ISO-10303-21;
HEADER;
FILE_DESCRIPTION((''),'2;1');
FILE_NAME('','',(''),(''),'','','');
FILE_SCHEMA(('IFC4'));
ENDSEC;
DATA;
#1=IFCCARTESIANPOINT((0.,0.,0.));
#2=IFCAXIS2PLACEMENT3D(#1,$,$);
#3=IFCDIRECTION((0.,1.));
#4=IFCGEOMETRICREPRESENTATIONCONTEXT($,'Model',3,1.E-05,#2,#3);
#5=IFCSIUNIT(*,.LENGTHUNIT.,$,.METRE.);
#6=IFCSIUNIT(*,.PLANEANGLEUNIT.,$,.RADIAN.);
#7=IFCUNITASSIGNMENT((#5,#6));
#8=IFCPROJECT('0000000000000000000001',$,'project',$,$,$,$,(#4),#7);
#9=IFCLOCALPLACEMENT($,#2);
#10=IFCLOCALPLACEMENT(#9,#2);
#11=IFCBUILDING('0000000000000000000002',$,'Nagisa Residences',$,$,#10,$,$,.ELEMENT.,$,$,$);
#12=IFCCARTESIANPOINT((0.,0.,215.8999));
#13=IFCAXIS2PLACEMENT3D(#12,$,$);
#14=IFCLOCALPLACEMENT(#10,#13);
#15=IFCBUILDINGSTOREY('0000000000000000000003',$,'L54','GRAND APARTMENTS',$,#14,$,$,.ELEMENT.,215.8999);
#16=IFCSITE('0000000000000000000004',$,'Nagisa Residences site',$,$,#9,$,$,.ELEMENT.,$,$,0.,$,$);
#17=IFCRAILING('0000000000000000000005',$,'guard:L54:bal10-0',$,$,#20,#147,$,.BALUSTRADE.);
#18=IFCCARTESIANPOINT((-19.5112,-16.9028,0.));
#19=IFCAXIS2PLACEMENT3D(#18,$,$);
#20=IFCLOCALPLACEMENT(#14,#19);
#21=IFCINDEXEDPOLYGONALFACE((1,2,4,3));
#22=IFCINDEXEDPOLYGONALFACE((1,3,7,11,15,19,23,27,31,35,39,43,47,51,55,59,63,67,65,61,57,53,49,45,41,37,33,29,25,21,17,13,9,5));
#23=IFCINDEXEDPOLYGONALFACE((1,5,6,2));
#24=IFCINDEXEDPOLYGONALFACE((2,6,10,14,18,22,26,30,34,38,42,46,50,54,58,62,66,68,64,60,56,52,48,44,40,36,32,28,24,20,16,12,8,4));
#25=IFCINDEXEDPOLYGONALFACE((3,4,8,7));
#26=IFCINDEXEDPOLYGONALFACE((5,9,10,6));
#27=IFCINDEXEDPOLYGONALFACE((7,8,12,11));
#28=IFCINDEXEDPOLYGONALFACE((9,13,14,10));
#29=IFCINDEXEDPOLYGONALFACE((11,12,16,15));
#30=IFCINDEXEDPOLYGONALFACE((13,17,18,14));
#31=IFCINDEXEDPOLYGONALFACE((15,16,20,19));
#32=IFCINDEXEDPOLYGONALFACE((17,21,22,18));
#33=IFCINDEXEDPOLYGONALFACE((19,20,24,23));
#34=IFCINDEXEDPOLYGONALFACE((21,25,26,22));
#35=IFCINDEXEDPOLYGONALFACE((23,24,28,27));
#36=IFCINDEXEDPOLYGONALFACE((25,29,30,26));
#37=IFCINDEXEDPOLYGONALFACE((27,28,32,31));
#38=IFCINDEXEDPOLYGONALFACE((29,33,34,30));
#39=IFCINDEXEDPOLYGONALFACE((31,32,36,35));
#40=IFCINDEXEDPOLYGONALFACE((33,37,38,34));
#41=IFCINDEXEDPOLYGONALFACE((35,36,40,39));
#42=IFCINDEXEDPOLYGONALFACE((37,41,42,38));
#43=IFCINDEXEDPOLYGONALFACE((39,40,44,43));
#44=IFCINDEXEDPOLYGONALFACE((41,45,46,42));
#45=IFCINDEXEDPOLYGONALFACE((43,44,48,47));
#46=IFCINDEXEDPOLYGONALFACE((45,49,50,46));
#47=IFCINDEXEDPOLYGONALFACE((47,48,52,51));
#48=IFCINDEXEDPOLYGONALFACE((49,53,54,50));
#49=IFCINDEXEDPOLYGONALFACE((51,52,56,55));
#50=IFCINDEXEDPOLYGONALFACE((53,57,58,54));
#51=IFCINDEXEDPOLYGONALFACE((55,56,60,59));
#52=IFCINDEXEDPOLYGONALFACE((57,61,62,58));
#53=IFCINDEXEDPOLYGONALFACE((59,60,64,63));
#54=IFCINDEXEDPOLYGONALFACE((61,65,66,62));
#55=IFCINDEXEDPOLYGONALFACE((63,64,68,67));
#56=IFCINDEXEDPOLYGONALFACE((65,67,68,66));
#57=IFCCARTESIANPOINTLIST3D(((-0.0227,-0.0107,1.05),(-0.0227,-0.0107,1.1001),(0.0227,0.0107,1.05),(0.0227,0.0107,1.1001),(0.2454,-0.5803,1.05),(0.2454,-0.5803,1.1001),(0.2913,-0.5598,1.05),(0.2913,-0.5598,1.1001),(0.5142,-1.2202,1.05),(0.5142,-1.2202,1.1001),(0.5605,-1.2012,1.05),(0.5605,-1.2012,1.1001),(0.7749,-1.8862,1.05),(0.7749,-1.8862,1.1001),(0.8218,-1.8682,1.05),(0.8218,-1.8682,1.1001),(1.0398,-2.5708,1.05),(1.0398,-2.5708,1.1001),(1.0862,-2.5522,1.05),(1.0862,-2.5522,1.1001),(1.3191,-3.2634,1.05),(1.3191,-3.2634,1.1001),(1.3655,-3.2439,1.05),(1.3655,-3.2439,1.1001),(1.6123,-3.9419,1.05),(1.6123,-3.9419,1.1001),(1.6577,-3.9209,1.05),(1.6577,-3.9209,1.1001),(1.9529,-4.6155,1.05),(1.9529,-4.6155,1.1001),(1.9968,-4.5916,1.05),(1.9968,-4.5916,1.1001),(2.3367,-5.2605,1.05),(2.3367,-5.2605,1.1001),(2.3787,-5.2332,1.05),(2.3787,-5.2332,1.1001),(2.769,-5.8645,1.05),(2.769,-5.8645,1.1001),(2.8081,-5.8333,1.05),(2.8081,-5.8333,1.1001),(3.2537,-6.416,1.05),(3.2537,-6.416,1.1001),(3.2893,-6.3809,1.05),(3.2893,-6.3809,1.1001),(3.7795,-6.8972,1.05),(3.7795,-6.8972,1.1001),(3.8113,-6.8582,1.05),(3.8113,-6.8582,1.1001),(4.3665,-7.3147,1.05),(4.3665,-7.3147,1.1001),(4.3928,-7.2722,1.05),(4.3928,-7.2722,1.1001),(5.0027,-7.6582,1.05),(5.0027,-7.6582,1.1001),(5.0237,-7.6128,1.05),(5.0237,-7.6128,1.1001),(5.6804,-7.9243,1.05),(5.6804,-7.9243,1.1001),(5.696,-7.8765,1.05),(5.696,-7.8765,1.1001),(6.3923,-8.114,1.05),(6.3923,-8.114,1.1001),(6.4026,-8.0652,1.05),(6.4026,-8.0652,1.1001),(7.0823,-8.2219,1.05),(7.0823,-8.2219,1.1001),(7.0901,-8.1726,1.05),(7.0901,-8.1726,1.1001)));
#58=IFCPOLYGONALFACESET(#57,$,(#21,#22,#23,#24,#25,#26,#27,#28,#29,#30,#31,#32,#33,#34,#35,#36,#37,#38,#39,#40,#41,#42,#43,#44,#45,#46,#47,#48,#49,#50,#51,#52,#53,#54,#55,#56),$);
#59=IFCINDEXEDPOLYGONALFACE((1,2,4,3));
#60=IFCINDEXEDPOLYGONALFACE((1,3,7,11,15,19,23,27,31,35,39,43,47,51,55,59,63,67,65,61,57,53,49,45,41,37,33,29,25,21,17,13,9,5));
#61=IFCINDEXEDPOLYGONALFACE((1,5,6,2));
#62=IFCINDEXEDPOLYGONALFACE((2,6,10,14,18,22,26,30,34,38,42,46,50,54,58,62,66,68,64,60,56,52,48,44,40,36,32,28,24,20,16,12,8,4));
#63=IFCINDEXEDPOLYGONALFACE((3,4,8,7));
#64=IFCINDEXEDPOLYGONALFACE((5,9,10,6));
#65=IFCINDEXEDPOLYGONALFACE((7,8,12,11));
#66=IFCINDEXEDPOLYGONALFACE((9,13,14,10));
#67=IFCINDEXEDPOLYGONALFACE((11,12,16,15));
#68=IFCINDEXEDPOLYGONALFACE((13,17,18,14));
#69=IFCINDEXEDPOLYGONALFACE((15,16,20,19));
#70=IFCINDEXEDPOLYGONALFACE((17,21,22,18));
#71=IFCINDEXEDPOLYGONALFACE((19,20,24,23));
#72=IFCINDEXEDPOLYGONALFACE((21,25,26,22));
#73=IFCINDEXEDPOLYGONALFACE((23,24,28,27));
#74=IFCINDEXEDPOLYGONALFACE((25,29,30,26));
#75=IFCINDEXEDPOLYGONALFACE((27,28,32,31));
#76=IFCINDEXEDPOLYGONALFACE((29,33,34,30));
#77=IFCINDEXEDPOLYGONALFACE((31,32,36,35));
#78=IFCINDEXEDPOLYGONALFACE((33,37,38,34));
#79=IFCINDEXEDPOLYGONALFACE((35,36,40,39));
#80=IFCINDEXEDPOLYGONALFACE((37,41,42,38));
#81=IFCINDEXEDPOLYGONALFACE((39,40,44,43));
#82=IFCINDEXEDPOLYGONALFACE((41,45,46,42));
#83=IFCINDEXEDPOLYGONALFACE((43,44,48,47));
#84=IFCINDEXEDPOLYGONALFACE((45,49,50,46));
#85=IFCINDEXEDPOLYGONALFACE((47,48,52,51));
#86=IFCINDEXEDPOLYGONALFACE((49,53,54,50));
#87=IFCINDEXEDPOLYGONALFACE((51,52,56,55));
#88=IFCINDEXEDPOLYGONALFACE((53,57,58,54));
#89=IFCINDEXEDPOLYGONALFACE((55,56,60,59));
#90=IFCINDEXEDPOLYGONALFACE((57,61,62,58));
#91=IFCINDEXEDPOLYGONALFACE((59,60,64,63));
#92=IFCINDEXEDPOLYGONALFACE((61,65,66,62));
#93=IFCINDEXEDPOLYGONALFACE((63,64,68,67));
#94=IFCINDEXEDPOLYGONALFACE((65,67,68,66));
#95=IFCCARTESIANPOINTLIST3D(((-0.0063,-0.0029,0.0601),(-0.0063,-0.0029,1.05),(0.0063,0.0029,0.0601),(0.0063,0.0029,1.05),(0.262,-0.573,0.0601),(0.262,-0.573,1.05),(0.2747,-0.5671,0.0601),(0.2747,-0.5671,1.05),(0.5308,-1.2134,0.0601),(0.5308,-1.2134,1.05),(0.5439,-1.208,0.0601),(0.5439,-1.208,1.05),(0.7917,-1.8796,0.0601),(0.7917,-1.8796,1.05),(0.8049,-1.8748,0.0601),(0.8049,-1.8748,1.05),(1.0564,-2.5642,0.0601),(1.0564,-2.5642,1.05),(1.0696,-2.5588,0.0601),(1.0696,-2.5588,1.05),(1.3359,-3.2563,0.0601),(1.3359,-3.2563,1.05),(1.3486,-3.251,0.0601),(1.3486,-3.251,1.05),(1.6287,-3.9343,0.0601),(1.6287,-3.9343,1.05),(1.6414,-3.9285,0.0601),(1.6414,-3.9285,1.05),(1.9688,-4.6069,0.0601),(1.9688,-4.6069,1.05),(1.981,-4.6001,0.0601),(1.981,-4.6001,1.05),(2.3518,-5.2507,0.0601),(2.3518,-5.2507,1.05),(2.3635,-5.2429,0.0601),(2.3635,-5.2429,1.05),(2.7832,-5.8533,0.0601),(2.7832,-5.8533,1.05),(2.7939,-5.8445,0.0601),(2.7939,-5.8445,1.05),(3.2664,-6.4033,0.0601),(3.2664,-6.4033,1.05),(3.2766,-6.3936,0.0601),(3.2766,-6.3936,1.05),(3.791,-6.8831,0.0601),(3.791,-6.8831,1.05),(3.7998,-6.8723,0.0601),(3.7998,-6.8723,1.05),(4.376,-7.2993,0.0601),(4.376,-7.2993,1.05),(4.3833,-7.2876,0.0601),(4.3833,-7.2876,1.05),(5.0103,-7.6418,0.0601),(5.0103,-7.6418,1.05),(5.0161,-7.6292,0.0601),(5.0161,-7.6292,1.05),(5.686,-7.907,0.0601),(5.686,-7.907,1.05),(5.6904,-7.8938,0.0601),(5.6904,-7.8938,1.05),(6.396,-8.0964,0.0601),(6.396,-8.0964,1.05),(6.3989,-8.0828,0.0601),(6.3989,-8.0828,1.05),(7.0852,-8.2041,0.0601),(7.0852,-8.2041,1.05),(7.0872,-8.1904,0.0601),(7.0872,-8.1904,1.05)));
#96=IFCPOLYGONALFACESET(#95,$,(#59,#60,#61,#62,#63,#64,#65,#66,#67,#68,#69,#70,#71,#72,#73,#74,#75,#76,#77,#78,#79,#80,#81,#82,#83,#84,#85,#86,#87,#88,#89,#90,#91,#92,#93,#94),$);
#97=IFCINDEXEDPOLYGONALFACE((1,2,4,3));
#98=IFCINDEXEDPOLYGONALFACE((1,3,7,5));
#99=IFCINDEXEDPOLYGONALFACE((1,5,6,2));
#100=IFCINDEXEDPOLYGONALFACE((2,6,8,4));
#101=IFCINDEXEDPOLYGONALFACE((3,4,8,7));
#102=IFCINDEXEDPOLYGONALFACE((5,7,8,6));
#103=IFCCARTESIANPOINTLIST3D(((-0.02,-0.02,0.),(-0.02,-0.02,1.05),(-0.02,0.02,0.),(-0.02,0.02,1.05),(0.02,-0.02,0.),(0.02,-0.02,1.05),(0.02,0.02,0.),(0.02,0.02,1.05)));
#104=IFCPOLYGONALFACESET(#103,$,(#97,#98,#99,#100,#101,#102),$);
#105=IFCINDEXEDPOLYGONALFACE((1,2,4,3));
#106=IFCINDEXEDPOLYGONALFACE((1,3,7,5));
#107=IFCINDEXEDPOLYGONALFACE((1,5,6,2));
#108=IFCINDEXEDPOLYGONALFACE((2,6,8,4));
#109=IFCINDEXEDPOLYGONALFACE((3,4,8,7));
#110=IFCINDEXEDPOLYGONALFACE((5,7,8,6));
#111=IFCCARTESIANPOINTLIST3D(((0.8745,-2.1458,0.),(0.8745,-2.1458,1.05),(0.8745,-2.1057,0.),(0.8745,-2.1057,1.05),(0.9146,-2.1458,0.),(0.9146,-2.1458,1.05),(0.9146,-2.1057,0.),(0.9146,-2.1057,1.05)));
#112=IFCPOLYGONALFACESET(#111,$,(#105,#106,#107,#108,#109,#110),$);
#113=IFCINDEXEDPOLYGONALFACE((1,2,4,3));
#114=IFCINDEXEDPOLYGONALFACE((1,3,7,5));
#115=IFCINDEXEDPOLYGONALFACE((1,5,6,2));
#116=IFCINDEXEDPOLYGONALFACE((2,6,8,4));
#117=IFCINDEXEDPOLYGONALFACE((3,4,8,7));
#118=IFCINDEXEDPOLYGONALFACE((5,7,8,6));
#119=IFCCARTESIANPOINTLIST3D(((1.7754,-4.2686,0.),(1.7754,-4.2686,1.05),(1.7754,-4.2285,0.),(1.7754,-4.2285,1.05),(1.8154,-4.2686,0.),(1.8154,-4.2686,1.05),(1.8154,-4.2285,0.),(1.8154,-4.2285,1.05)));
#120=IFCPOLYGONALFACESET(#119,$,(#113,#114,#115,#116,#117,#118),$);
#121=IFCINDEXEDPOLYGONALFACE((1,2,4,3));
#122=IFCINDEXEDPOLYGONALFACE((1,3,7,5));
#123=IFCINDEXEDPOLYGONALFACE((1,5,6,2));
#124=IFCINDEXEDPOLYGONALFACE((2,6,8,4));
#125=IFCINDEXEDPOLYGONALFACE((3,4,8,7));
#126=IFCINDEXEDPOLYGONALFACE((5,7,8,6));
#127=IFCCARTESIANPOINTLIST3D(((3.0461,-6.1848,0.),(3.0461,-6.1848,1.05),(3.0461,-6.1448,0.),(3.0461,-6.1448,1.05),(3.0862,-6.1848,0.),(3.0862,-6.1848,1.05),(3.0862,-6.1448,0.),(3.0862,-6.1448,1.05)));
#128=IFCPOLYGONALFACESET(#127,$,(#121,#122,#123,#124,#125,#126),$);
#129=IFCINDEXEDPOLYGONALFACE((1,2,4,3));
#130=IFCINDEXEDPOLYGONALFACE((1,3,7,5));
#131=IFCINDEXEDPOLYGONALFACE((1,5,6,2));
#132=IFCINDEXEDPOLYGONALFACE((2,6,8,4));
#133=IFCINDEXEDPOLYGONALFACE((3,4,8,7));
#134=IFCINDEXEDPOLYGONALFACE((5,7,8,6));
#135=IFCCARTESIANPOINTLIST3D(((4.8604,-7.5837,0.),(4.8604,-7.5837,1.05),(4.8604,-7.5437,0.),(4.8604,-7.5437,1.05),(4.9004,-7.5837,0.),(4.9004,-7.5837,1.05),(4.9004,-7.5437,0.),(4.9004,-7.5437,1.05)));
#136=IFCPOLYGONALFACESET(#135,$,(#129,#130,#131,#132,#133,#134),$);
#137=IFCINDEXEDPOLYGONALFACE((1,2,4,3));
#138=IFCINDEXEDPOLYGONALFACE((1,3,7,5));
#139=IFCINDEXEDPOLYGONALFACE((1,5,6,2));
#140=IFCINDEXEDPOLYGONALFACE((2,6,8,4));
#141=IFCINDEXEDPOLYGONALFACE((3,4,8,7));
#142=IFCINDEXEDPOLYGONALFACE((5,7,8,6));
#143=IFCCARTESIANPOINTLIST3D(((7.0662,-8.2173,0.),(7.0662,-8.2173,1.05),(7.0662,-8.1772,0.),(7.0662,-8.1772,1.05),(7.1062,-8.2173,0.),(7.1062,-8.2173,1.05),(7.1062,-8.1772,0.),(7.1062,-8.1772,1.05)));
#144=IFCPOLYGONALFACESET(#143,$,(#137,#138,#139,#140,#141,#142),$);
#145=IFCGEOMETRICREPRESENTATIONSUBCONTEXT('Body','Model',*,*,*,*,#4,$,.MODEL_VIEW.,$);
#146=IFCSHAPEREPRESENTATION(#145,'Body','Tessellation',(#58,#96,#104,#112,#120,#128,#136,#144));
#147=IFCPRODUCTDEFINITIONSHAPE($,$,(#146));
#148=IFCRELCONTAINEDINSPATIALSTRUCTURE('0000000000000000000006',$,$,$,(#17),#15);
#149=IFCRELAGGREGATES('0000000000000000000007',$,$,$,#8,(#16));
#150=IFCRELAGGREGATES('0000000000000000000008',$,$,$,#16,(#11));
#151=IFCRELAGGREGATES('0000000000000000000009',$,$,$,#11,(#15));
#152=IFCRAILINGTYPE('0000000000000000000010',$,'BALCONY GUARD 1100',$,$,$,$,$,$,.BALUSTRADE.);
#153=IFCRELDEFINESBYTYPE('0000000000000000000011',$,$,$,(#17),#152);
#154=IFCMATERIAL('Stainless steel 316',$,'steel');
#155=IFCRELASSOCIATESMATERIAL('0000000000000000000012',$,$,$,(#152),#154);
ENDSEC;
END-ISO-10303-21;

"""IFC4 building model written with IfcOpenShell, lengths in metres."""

from ifc_helpers import new_model, si_unit, direction, frame, origin, origin_2d, place, context, subcontext, project, spatial, polyline, rectangle, outline, extrude, material, type_object, element, save


model = new_model("IFC4")

# Units and contexts
model_context = context("Model", 3, precision=1e-05, world=origin(), true_north=direction((0.0, 1.0)))
body_context = subcontext(model_context, "Body", "Model", "MODEL_VIEW")
ifc_project = project(units=[si_unit("LENGTHUNIT", "METRE"), si_unit("PLANEANGLEUNIT", "RADIAN")], contexts=[model_context])

# Site, building, storey
site_placement = place(None, origin())
site = spatial("IfcSite", under=ifc_project, at=site_placement, Name="Nagisa Residences site", CompositionType="ELEMENT", RefElevation=0.0)
building_placement = place(site_placement, origin())
building = spatial("IfcBuilding", under=site, at=building_placement, Name="Nagisa Residences", CompositionType="ELEMENT")
storey_placement = place(building_placement, frame((0.0, 0.0, 215.8999)))
storey = spatial("IfcBuildingStorey", under=building, at=storey_placement, Name="L54", Description="GRAND APARTMENTS", CompositionType="ELEMENT", Elevation=215.8999)

# Railing
ifc_material_1 = material(Name="Stainless steel 316", Category="steel")
railing_type = type_object("IfcRailingType", Name="BALCONY GUARD 1100", PredefinedType="BALUSTRADE", material=ifc_material_1)
railing_1_placement = place(storey_placement, frame((-19.5112, -16.9028, 0.0)))
element("IfcRailing", 1, at=railing_1_placement, inside=storey, type_object=railing_type, Name="guard:L54:bal10-0", PredefinedType="BALUSTRADE", context=body_context, shape_type="SweptSolid", body=[
    extrude(outline(polyline([(0.2913, -0.5598), (0.0227, 0.0107), (-0.0227, -0.0107), (0.2454, -0.5803), (0.5142, -1.2202), (0.7749, -1.8862), (1.0398, -2.5708), (1.3191, -3.2634), (1.6123, -3.9419), (1.9529, -4.6155), (2.3367, -5.2605), (2.769, -5.8645), (3.2537, -6.416), (3.7795, -6.8972), (4.3665, -7.3147), (5.0027, -7.6582), (5.6804, -7.9243), (6.3923, -8.114), (7.0823, -8.2219), (7.0901, -8.1726), (6.4026, -8.0652), (5.696, -7.8765), (5.0237, -7.6128), (4.3928, -7.2722), (3.8113, -6.8582), (3.2893, -6.3809), (2.8081, -5.8333), (2.3787, -5.2332), (1.9968, -4.5916), (1.6577, -3.9209), (1.3655, -3.2439), (1.0862, -2.5522), (0.8218, -1.8682), (0.5605, -1.2012), (0.2913, -0.5598)])), frame((0.0, 0.0, 1.05)), (0.0, 0.0, 1.0), 0.05),
    extrude(outline(polyline([(0.2747, -0.5671), (0.0063, 0.0029), (-0.0063, -0.0029), (0.262, -0.573), (0.5308, -1.2134), (0.7917, -1.8796), (1.0564, -2.5642), (1.3359, -3.2563), (1.6287, -3.9343), (1.9688, -4.6069), (2.3518, -5.2507), (2.7832, -5.8533), (3.2664, -6.4033), (3.791, -6.8831), (4.376, -7.2993), (5.0103, -7.6418), (5.686, -7.907), (6.396, -8.0964), (7.0852, -8.2041), (7.0872, -8.1904), (6.3989, -8.0828), (5.6904, -7.8938), (5.0161, -7.6292), (4.3833, -7.2876), (3.7998, -6.8723), (3.2766, -6.3936), (2.7939, -5.8445), (2.3635, -5.2429), (1.981, -4.6001), (1.6414, -3.9285), (1.3486, -3.251), (1.0696, -2.5588), (0.8049, -1.8748), (0.5439, -1.208), (0.2747, -0.5671)])), frame((0.0, 0.0, 0.0601)), (0.0, 0.0, 1.0), 0.99),
    extrude(rectangle(XDim=0.04, YDim=0.04, at=origin_2d()), origin(), (0.0, 0.0, 1.0), 1.05),
    extrude(rectangle(XDim=0.04, YDim=0.04, at=origin_2d()), frame((0.8945, -2.1257, 0.0)), (0.0, 0.0, 1.0), 1.05),
    extrude(rectangle(XDim=0.04, YDim=0.04, at=origin_2d()), frame((1.7954, -4.2485, 0.0)), (0.0, 0.0, 1.0), 1.05),
    extrude(rectangle(XDim=0.04, YDim=0.04, at=origin_2d()), frame((3.0662, -6.1648, 0.0)), (0.0, 0.0, 1.0), 1.05),
    extrude(rectangle(XDim=0.04, YDim=0.04, at=origin_2d()), frame((4.8804, -7.5637, 0.0)), (0.0, 0.0, 1.0), 1.05),
    extrude(rectangle(XDim=0.04, YDim=0.04, at=origin_2d()), frame((7.0862, -8.1973, 0.0)), (0.0, 0.0, 1.0), 1.05),
])

save(model, "model.ifc")
